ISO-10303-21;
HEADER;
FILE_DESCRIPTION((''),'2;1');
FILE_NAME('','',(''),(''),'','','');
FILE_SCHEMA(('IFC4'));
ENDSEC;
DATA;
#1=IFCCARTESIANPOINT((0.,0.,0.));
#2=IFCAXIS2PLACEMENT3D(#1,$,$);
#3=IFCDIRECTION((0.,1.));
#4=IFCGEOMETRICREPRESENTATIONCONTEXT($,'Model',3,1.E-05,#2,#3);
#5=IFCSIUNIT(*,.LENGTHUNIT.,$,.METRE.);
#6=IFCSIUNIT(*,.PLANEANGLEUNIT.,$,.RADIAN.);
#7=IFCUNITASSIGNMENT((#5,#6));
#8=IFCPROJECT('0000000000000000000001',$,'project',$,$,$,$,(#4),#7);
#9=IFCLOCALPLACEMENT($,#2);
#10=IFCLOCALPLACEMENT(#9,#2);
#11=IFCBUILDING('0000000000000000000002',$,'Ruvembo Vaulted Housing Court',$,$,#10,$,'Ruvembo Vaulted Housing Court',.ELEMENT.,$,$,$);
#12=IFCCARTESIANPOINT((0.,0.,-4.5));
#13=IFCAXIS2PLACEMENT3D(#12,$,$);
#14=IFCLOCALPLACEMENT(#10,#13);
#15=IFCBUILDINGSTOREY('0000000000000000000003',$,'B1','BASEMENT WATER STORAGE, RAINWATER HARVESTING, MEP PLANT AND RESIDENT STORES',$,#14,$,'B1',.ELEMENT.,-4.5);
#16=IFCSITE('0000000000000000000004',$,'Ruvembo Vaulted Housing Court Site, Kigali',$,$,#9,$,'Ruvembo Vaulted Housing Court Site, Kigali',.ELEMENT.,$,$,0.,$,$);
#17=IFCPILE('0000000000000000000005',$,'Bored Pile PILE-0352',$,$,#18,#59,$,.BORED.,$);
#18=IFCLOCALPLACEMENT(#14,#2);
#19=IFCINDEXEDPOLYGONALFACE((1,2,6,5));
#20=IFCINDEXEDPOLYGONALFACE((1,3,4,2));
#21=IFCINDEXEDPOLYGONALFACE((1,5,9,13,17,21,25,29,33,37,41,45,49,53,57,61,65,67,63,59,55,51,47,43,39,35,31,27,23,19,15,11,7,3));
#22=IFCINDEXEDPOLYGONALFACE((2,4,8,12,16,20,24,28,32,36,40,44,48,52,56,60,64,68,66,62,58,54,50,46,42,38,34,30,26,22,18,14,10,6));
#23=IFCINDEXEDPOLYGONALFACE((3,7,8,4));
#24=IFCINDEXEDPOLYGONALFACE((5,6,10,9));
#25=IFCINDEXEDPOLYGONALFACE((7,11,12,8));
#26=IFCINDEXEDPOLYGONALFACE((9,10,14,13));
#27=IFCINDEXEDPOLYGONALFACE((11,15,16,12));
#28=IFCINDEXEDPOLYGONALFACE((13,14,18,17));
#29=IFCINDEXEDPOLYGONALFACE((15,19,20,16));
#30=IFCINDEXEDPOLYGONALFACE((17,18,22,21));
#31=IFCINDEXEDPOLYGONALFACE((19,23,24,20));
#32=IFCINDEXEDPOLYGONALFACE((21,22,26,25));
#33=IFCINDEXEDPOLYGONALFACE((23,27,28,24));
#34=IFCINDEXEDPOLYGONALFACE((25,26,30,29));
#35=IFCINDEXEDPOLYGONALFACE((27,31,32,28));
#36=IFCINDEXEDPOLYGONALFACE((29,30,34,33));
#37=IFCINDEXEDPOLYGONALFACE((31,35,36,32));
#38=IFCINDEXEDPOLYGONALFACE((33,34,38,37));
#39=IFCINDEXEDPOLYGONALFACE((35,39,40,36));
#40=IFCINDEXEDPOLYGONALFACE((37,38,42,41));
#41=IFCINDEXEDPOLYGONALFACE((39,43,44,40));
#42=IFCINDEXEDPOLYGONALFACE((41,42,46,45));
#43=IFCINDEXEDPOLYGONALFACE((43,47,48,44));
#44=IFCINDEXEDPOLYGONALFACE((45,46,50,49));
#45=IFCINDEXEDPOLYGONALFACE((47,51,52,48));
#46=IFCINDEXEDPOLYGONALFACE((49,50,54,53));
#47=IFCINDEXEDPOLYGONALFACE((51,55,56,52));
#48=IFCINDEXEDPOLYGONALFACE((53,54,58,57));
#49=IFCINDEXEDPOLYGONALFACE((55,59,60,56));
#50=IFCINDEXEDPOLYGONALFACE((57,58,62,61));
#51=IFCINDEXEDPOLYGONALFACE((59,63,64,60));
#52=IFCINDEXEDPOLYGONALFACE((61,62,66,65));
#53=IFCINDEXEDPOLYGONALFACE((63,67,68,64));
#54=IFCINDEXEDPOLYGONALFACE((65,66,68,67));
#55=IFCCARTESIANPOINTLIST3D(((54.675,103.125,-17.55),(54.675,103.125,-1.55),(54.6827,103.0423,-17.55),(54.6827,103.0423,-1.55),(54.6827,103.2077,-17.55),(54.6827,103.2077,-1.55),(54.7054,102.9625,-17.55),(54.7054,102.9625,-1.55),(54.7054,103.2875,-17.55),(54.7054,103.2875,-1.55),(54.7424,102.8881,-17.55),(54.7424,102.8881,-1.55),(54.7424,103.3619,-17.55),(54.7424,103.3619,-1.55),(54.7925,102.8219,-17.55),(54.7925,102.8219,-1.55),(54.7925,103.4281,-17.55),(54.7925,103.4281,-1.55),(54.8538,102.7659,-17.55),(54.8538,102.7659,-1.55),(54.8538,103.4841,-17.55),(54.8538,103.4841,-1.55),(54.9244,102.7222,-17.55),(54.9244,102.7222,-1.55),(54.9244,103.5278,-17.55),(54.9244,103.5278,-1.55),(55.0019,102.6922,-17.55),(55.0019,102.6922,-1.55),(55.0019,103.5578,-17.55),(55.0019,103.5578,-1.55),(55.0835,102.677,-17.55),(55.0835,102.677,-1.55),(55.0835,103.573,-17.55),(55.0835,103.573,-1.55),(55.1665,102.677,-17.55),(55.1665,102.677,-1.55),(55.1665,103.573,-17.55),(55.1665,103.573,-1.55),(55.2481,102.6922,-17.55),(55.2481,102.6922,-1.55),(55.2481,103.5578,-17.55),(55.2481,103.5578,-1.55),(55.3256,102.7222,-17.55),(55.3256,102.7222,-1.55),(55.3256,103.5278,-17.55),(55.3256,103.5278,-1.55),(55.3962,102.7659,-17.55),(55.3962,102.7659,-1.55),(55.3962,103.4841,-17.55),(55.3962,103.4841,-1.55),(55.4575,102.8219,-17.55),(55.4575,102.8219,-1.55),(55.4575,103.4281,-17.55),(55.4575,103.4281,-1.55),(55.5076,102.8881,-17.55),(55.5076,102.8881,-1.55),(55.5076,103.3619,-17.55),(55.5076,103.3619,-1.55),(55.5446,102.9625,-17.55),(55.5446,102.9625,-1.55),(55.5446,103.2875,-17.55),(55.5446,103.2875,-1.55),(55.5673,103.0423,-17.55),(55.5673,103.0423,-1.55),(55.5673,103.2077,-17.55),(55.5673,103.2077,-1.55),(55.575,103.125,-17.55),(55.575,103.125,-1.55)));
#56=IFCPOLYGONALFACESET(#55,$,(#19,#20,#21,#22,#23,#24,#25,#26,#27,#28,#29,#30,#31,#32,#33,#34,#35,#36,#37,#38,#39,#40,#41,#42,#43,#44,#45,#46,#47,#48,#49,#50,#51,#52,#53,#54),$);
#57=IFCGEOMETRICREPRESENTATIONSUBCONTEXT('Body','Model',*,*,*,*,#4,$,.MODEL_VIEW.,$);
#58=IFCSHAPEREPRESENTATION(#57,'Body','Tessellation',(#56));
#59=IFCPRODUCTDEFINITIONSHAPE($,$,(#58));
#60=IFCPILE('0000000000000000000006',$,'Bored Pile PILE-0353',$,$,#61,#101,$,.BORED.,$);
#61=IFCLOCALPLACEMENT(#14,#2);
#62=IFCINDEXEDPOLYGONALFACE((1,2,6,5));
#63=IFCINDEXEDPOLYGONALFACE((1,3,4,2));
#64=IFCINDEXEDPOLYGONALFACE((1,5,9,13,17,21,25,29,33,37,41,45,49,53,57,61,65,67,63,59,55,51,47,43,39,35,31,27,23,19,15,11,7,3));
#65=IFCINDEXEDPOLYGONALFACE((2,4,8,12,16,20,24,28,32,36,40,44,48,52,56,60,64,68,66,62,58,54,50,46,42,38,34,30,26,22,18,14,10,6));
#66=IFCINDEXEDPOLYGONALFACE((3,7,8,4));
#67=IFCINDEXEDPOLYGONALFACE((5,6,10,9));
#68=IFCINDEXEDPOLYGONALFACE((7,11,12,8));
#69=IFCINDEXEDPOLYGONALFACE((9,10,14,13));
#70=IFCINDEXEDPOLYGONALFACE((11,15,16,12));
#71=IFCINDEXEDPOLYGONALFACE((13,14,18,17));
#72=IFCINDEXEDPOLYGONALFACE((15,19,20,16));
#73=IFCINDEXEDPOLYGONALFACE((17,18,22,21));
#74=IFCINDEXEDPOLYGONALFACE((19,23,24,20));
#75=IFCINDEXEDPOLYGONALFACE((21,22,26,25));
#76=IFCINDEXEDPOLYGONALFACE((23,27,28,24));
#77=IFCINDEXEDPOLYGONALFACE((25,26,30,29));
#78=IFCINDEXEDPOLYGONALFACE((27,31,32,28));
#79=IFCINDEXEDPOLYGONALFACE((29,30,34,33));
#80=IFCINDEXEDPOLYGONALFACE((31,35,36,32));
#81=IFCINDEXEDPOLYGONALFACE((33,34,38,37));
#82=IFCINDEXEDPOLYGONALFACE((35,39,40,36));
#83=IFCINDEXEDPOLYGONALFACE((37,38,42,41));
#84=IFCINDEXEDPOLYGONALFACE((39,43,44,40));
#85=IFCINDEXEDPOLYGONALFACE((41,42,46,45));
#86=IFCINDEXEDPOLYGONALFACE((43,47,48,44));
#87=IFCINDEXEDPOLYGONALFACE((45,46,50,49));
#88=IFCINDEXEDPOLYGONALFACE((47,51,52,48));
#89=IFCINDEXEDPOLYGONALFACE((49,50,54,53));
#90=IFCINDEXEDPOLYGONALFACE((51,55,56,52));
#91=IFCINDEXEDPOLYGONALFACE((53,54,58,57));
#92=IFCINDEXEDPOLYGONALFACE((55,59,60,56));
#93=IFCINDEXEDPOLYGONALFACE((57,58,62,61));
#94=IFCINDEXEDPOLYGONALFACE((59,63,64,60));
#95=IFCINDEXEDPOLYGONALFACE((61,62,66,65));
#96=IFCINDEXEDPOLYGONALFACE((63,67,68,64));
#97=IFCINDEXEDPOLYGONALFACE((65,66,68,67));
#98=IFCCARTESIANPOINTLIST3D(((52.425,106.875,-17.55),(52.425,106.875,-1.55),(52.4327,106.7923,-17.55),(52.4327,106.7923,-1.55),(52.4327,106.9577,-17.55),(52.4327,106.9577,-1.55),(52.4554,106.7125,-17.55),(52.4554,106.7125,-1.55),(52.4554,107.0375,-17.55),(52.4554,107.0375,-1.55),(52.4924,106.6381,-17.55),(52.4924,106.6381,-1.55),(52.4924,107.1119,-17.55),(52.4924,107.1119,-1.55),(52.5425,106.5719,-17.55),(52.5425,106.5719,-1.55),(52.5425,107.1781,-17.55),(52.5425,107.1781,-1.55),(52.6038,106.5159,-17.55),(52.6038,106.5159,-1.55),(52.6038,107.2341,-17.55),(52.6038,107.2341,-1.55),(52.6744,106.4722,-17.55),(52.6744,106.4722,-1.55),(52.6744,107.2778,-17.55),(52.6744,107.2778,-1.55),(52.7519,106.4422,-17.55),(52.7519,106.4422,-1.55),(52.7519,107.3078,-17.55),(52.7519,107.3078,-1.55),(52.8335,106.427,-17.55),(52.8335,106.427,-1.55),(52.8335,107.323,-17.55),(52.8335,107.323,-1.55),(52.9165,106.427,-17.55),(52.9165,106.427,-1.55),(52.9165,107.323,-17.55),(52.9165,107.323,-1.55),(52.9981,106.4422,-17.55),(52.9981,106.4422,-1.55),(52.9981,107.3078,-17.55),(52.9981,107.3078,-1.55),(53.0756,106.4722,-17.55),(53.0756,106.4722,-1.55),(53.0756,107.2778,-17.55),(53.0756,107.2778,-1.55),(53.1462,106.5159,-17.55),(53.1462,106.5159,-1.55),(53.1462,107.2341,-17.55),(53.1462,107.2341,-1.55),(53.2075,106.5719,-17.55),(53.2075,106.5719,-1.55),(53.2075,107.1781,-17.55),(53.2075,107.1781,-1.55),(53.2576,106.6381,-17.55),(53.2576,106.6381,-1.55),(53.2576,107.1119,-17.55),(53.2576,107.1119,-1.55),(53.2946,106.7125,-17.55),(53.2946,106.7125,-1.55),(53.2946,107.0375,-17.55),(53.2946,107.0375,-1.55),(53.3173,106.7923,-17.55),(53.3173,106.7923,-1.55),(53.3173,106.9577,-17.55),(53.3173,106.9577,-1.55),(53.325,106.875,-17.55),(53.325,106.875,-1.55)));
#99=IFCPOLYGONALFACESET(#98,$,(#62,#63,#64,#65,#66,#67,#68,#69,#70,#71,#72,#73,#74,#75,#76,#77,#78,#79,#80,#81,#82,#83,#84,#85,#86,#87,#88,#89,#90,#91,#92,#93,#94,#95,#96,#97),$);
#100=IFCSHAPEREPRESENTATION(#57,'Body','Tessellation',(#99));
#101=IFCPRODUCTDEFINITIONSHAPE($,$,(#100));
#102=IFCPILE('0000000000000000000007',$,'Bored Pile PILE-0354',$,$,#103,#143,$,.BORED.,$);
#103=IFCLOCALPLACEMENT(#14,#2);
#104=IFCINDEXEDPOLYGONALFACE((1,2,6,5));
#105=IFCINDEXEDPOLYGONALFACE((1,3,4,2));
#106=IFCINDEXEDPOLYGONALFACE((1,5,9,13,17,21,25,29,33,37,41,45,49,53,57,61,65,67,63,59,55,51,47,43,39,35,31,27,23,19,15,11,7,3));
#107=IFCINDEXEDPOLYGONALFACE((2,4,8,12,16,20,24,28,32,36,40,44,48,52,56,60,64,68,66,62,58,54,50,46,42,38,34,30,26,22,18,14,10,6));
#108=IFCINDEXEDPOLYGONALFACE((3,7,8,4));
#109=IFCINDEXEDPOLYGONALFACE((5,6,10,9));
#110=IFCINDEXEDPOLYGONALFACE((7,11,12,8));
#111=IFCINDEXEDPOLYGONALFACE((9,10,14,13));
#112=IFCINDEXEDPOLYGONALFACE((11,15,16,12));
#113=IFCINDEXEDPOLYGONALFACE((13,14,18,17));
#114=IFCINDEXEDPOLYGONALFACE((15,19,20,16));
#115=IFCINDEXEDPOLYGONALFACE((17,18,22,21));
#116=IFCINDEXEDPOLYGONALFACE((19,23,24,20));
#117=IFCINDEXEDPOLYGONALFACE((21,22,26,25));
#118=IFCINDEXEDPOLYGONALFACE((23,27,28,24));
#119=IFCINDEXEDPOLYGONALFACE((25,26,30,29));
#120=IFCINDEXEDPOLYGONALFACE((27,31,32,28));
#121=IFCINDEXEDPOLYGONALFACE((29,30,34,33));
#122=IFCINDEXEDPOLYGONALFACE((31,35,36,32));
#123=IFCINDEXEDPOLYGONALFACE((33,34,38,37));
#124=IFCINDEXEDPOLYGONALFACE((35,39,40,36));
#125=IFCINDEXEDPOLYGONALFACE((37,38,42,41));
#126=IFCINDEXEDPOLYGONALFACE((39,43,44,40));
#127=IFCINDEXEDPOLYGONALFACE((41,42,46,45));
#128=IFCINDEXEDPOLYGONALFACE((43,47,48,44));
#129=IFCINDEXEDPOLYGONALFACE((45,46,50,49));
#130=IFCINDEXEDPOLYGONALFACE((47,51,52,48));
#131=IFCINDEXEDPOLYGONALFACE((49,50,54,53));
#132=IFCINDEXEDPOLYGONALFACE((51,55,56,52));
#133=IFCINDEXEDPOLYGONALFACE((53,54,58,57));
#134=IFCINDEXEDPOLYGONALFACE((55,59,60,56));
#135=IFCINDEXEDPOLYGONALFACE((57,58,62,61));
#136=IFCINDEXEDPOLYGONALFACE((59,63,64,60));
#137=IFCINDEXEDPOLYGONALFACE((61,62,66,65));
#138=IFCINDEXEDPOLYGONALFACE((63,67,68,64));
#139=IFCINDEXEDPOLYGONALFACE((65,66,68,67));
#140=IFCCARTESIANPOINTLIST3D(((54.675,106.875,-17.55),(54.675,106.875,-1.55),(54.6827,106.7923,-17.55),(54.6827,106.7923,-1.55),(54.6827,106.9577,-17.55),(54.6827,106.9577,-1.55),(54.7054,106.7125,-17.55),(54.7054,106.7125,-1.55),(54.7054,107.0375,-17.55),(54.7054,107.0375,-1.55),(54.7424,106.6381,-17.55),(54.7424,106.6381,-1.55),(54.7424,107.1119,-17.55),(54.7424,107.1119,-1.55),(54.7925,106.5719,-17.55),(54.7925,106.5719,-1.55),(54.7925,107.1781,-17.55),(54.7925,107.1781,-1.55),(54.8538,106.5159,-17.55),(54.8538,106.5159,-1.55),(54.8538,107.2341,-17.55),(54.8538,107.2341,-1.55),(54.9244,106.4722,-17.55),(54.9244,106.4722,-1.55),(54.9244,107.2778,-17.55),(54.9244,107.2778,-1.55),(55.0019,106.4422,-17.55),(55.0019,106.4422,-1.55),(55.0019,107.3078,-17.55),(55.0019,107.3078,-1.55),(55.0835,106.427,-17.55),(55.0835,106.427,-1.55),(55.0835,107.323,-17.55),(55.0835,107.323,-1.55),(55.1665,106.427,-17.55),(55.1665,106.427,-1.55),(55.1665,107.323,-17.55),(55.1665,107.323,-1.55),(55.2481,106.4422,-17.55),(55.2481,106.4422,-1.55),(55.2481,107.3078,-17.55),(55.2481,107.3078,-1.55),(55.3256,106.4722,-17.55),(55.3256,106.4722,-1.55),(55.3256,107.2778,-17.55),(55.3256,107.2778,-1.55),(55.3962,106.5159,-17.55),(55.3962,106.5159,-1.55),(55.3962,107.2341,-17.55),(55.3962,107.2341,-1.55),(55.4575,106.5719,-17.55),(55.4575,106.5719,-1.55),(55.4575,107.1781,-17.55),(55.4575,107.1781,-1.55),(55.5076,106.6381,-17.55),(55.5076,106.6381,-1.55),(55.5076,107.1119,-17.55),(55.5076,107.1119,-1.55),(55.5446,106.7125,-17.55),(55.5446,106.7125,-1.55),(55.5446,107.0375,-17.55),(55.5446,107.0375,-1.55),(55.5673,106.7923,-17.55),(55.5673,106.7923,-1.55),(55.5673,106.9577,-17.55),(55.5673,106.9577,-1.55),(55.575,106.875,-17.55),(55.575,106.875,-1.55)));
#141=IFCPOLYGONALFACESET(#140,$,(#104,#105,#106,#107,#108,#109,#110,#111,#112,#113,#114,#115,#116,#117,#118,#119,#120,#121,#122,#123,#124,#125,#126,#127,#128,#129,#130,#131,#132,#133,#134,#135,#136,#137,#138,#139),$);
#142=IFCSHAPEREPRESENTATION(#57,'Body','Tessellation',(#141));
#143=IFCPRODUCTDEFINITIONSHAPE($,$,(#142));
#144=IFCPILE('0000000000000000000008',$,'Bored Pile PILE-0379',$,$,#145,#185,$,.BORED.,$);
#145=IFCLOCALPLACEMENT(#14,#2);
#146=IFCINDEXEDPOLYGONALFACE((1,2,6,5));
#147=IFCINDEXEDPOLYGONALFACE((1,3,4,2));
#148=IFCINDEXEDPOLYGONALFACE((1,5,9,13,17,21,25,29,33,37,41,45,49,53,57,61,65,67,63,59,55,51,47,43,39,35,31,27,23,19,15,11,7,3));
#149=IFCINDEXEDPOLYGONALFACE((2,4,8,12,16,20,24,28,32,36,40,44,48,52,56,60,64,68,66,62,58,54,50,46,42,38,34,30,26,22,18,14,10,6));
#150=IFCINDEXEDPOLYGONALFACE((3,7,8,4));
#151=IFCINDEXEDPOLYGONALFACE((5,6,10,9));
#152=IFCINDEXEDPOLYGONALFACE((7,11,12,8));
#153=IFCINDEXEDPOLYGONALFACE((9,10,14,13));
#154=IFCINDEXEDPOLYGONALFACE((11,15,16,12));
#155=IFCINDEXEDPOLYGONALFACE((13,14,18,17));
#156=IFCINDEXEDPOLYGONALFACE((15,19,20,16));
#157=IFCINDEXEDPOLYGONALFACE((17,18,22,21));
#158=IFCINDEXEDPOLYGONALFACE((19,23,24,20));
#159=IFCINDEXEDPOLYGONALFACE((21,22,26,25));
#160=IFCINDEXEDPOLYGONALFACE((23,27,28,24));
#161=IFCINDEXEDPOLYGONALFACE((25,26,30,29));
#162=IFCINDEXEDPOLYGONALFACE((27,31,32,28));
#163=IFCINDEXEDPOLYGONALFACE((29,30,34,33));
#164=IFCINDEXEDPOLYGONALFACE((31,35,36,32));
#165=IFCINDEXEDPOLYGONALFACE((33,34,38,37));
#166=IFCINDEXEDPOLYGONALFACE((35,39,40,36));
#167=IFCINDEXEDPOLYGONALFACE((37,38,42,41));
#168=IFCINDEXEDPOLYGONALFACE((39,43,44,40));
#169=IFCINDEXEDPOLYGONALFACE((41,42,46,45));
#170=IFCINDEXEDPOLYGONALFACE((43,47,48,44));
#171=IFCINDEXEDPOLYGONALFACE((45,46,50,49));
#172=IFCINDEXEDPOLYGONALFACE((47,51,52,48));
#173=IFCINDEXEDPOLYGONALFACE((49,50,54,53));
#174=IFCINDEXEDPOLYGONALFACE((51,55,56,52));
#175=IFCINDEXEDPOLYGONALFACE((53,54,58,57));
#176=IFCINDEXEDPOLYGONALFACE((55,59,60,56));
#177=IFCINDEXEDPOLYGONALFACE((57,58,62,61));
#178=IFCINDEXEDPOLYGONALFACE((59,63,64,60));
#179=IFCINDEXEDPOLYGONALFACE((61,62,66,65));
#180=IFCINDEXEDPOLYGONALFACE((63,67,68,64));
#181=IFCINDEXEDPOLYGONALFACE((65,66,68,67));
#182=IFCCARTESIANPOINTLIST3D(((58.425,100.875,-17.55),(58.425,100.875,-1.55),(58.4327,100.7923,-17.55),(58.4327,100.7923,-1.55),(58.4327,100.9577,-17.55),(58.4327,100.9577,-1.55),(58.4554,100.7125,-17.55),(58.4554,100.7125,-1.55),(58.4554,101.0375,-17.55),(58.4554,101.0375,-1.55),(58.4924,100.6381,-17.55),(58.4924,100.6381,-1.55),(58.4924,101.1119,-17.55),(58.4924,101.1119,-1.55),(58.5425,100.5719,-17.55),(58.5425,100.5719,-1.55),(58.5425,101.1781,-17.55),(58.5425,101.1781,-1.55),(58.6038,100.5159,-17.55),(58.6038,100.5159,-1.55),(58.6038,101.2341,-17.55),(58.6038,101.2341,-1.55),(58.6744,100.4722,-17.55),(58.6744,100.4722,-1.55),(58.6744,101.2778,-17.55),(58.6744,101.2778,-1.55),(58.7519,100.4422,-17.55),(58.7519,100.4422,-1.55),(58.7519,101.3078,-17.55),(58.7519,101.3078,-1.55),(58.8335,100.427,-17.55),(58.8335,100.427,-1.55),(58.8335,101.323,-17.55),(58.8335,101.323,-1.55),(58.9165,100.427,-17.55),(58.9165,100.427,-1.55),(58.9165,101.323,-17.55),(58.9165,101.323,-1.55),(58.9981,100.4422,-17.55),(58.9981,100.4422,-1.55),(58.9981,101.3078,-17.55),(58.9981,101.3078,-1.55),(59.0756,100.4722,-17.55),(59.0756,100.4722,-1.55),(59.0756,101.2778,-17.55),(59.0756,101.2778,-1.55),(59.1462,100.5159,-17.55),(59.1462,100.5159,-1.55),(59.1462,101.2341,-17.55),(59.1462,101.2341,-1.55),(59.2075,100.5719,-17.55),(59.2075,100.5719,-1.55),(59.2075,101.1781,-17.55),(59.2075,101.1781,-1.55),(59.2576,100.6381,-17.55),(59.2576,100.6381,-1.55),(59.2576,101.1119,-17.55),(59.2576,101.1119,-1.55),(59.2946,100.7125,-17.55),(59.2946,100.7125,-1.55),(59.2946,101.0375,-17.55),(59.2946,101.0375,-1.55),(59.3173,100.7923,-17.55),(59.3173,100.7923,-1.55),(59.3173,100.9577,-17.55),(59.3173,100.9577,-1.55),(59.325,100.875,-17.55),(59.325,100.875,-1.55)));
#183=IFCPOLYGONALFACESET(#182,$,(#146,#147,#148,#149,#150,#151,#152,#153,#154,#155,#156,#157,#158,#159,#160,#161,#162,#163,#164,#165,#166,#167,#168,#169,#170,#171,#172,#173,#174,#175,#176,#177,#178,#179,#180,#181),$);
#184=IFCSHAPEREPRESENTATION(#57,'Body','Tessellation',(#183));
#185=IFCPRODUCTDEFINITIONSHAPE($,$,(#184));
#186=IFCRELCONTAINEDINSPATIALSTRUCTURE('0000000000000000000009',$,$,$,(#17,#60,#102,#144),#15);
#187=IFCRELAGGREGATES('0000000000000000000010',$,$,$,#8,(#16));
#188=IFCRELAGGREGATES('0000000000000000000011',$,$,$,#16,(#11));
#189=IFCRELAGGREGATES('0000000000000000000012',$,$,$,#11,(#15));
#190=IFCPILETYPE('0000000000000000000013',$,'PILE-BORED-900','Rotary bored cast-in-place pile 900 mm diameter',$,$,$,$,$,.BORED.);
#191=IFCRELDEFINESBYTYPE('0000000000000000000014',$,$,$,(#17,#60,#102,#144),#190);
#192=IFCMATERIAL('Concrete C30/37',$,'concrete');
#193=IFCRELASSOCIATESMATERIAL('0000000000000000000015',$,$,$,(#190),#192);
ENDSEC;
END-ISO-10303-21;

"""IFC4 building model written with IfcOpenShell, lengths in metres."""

from ifc_helpers import new_model, si_unit, direction, frame, origin, origin_2d, place, context, subcontext, project, spatial, circle, extrude, material, material_profile, profile_set, type_object, element, save


model = new_model("IFC4")

# Units and contexts
model_context = context("Model", 3, precision=1e-05, world=origin(), true_north=direction((0.0, 1.0)))
body_context = subcontext(model_context, "Body", "Model", "MODEL_VIEW")
ifc_project = project(units=[si_unit("LENGTHUNIT", "METRE"), si_unit("PLANEANGLEUNIT", "RADIAN")], contexts=[model_context])

# Site, building, storey
site_placement = place(None, origin())
site = spatial("IfcSite", under=ifc_project, at=site_placement, Name="Ruvembo Vaulted Housing Court Site, Kigali", LongName="Ruvembo Vaulted Housing Court Site, Kigali", CompositionType="ELEMENT", RefElevation=0.0)
building_placement = place(site_placement, origin())
building = spatial("IfcBuilding", under=site, at=building_placement, Name="Ruvembo Vaulted Housing Court", LongName="Ruvembo Vaulted Housing Court", CompositionType="ELEMENT")
storey_placement = place(building_placement, frame((0.0, 0.0, -4.5)))
storey = spatial("IfcBuildingStorey", under=building, at=storey_placement, Name="B1", Description="BASEMENT WATER STORAGE, RAINWATER HARVESTING, MEP PLANT AND RESIDENT STORES", LongName="B1", CompositionType="ELEMENT", Elevation=-4.5)

# Piles
ifc_material_1 = material(Name="Concrete C30/37", Category="concrete")
ifc_material_profile_1 = material_profile(ifc_material_1, circle(Radius=0.45, at=origin_2d()), Name="PILE D900")
ifc_profile_set_1 = profile_set([ifc_material_profile_1], Name="Concrete C30/37")
pile_type = type_object("IfcPileType", Name="PILE-BORED-900", Description="Rotary bored cast-in-place pile 900 mm diameter", PredefinedType="BORED", material=ifc_profile_set_1)
for number, where, z_axis, x_axis, name in (
    (1, (55.125, 103.125, -1.55), (0.0, 0.0, -1.0), (1.0, 0.0, 0.0), "Bored Pile PILE-0352"),
    (2, (52.875, 106.875, -1.55), (0.0, 0.0, -1.0), (1.0, 0.0, 0.0), "Bored Pile PILE-0353"),
    (3, (55.125, 106.875, -1.55), (0.0, 0.0, -1.0), (1.0, 0.0, 0.0), "Bored Pile PILE-0354"),
    (4, (58.875, 100.875, -1.55), (0.0, 0.0, -1.0), (1.0, 0.0, 0.0), "Bored Pile PILE-0379"),
):
    element("IfcPile", number, at=place(storey_placement, frame(where, z_axis=z_axis, x_axis=x_axis)), inside=storey, type_object=pile_type, Name=name, PredefinedType="BORED", context=body_context, shape_type="SweptSolid", body=[
        extrude(circle(Radius=0.45, at=origin_2d()), origin(), (0.0, 0.0, 1.0), 16.0),
    ])

save(model, "model.ifc")
